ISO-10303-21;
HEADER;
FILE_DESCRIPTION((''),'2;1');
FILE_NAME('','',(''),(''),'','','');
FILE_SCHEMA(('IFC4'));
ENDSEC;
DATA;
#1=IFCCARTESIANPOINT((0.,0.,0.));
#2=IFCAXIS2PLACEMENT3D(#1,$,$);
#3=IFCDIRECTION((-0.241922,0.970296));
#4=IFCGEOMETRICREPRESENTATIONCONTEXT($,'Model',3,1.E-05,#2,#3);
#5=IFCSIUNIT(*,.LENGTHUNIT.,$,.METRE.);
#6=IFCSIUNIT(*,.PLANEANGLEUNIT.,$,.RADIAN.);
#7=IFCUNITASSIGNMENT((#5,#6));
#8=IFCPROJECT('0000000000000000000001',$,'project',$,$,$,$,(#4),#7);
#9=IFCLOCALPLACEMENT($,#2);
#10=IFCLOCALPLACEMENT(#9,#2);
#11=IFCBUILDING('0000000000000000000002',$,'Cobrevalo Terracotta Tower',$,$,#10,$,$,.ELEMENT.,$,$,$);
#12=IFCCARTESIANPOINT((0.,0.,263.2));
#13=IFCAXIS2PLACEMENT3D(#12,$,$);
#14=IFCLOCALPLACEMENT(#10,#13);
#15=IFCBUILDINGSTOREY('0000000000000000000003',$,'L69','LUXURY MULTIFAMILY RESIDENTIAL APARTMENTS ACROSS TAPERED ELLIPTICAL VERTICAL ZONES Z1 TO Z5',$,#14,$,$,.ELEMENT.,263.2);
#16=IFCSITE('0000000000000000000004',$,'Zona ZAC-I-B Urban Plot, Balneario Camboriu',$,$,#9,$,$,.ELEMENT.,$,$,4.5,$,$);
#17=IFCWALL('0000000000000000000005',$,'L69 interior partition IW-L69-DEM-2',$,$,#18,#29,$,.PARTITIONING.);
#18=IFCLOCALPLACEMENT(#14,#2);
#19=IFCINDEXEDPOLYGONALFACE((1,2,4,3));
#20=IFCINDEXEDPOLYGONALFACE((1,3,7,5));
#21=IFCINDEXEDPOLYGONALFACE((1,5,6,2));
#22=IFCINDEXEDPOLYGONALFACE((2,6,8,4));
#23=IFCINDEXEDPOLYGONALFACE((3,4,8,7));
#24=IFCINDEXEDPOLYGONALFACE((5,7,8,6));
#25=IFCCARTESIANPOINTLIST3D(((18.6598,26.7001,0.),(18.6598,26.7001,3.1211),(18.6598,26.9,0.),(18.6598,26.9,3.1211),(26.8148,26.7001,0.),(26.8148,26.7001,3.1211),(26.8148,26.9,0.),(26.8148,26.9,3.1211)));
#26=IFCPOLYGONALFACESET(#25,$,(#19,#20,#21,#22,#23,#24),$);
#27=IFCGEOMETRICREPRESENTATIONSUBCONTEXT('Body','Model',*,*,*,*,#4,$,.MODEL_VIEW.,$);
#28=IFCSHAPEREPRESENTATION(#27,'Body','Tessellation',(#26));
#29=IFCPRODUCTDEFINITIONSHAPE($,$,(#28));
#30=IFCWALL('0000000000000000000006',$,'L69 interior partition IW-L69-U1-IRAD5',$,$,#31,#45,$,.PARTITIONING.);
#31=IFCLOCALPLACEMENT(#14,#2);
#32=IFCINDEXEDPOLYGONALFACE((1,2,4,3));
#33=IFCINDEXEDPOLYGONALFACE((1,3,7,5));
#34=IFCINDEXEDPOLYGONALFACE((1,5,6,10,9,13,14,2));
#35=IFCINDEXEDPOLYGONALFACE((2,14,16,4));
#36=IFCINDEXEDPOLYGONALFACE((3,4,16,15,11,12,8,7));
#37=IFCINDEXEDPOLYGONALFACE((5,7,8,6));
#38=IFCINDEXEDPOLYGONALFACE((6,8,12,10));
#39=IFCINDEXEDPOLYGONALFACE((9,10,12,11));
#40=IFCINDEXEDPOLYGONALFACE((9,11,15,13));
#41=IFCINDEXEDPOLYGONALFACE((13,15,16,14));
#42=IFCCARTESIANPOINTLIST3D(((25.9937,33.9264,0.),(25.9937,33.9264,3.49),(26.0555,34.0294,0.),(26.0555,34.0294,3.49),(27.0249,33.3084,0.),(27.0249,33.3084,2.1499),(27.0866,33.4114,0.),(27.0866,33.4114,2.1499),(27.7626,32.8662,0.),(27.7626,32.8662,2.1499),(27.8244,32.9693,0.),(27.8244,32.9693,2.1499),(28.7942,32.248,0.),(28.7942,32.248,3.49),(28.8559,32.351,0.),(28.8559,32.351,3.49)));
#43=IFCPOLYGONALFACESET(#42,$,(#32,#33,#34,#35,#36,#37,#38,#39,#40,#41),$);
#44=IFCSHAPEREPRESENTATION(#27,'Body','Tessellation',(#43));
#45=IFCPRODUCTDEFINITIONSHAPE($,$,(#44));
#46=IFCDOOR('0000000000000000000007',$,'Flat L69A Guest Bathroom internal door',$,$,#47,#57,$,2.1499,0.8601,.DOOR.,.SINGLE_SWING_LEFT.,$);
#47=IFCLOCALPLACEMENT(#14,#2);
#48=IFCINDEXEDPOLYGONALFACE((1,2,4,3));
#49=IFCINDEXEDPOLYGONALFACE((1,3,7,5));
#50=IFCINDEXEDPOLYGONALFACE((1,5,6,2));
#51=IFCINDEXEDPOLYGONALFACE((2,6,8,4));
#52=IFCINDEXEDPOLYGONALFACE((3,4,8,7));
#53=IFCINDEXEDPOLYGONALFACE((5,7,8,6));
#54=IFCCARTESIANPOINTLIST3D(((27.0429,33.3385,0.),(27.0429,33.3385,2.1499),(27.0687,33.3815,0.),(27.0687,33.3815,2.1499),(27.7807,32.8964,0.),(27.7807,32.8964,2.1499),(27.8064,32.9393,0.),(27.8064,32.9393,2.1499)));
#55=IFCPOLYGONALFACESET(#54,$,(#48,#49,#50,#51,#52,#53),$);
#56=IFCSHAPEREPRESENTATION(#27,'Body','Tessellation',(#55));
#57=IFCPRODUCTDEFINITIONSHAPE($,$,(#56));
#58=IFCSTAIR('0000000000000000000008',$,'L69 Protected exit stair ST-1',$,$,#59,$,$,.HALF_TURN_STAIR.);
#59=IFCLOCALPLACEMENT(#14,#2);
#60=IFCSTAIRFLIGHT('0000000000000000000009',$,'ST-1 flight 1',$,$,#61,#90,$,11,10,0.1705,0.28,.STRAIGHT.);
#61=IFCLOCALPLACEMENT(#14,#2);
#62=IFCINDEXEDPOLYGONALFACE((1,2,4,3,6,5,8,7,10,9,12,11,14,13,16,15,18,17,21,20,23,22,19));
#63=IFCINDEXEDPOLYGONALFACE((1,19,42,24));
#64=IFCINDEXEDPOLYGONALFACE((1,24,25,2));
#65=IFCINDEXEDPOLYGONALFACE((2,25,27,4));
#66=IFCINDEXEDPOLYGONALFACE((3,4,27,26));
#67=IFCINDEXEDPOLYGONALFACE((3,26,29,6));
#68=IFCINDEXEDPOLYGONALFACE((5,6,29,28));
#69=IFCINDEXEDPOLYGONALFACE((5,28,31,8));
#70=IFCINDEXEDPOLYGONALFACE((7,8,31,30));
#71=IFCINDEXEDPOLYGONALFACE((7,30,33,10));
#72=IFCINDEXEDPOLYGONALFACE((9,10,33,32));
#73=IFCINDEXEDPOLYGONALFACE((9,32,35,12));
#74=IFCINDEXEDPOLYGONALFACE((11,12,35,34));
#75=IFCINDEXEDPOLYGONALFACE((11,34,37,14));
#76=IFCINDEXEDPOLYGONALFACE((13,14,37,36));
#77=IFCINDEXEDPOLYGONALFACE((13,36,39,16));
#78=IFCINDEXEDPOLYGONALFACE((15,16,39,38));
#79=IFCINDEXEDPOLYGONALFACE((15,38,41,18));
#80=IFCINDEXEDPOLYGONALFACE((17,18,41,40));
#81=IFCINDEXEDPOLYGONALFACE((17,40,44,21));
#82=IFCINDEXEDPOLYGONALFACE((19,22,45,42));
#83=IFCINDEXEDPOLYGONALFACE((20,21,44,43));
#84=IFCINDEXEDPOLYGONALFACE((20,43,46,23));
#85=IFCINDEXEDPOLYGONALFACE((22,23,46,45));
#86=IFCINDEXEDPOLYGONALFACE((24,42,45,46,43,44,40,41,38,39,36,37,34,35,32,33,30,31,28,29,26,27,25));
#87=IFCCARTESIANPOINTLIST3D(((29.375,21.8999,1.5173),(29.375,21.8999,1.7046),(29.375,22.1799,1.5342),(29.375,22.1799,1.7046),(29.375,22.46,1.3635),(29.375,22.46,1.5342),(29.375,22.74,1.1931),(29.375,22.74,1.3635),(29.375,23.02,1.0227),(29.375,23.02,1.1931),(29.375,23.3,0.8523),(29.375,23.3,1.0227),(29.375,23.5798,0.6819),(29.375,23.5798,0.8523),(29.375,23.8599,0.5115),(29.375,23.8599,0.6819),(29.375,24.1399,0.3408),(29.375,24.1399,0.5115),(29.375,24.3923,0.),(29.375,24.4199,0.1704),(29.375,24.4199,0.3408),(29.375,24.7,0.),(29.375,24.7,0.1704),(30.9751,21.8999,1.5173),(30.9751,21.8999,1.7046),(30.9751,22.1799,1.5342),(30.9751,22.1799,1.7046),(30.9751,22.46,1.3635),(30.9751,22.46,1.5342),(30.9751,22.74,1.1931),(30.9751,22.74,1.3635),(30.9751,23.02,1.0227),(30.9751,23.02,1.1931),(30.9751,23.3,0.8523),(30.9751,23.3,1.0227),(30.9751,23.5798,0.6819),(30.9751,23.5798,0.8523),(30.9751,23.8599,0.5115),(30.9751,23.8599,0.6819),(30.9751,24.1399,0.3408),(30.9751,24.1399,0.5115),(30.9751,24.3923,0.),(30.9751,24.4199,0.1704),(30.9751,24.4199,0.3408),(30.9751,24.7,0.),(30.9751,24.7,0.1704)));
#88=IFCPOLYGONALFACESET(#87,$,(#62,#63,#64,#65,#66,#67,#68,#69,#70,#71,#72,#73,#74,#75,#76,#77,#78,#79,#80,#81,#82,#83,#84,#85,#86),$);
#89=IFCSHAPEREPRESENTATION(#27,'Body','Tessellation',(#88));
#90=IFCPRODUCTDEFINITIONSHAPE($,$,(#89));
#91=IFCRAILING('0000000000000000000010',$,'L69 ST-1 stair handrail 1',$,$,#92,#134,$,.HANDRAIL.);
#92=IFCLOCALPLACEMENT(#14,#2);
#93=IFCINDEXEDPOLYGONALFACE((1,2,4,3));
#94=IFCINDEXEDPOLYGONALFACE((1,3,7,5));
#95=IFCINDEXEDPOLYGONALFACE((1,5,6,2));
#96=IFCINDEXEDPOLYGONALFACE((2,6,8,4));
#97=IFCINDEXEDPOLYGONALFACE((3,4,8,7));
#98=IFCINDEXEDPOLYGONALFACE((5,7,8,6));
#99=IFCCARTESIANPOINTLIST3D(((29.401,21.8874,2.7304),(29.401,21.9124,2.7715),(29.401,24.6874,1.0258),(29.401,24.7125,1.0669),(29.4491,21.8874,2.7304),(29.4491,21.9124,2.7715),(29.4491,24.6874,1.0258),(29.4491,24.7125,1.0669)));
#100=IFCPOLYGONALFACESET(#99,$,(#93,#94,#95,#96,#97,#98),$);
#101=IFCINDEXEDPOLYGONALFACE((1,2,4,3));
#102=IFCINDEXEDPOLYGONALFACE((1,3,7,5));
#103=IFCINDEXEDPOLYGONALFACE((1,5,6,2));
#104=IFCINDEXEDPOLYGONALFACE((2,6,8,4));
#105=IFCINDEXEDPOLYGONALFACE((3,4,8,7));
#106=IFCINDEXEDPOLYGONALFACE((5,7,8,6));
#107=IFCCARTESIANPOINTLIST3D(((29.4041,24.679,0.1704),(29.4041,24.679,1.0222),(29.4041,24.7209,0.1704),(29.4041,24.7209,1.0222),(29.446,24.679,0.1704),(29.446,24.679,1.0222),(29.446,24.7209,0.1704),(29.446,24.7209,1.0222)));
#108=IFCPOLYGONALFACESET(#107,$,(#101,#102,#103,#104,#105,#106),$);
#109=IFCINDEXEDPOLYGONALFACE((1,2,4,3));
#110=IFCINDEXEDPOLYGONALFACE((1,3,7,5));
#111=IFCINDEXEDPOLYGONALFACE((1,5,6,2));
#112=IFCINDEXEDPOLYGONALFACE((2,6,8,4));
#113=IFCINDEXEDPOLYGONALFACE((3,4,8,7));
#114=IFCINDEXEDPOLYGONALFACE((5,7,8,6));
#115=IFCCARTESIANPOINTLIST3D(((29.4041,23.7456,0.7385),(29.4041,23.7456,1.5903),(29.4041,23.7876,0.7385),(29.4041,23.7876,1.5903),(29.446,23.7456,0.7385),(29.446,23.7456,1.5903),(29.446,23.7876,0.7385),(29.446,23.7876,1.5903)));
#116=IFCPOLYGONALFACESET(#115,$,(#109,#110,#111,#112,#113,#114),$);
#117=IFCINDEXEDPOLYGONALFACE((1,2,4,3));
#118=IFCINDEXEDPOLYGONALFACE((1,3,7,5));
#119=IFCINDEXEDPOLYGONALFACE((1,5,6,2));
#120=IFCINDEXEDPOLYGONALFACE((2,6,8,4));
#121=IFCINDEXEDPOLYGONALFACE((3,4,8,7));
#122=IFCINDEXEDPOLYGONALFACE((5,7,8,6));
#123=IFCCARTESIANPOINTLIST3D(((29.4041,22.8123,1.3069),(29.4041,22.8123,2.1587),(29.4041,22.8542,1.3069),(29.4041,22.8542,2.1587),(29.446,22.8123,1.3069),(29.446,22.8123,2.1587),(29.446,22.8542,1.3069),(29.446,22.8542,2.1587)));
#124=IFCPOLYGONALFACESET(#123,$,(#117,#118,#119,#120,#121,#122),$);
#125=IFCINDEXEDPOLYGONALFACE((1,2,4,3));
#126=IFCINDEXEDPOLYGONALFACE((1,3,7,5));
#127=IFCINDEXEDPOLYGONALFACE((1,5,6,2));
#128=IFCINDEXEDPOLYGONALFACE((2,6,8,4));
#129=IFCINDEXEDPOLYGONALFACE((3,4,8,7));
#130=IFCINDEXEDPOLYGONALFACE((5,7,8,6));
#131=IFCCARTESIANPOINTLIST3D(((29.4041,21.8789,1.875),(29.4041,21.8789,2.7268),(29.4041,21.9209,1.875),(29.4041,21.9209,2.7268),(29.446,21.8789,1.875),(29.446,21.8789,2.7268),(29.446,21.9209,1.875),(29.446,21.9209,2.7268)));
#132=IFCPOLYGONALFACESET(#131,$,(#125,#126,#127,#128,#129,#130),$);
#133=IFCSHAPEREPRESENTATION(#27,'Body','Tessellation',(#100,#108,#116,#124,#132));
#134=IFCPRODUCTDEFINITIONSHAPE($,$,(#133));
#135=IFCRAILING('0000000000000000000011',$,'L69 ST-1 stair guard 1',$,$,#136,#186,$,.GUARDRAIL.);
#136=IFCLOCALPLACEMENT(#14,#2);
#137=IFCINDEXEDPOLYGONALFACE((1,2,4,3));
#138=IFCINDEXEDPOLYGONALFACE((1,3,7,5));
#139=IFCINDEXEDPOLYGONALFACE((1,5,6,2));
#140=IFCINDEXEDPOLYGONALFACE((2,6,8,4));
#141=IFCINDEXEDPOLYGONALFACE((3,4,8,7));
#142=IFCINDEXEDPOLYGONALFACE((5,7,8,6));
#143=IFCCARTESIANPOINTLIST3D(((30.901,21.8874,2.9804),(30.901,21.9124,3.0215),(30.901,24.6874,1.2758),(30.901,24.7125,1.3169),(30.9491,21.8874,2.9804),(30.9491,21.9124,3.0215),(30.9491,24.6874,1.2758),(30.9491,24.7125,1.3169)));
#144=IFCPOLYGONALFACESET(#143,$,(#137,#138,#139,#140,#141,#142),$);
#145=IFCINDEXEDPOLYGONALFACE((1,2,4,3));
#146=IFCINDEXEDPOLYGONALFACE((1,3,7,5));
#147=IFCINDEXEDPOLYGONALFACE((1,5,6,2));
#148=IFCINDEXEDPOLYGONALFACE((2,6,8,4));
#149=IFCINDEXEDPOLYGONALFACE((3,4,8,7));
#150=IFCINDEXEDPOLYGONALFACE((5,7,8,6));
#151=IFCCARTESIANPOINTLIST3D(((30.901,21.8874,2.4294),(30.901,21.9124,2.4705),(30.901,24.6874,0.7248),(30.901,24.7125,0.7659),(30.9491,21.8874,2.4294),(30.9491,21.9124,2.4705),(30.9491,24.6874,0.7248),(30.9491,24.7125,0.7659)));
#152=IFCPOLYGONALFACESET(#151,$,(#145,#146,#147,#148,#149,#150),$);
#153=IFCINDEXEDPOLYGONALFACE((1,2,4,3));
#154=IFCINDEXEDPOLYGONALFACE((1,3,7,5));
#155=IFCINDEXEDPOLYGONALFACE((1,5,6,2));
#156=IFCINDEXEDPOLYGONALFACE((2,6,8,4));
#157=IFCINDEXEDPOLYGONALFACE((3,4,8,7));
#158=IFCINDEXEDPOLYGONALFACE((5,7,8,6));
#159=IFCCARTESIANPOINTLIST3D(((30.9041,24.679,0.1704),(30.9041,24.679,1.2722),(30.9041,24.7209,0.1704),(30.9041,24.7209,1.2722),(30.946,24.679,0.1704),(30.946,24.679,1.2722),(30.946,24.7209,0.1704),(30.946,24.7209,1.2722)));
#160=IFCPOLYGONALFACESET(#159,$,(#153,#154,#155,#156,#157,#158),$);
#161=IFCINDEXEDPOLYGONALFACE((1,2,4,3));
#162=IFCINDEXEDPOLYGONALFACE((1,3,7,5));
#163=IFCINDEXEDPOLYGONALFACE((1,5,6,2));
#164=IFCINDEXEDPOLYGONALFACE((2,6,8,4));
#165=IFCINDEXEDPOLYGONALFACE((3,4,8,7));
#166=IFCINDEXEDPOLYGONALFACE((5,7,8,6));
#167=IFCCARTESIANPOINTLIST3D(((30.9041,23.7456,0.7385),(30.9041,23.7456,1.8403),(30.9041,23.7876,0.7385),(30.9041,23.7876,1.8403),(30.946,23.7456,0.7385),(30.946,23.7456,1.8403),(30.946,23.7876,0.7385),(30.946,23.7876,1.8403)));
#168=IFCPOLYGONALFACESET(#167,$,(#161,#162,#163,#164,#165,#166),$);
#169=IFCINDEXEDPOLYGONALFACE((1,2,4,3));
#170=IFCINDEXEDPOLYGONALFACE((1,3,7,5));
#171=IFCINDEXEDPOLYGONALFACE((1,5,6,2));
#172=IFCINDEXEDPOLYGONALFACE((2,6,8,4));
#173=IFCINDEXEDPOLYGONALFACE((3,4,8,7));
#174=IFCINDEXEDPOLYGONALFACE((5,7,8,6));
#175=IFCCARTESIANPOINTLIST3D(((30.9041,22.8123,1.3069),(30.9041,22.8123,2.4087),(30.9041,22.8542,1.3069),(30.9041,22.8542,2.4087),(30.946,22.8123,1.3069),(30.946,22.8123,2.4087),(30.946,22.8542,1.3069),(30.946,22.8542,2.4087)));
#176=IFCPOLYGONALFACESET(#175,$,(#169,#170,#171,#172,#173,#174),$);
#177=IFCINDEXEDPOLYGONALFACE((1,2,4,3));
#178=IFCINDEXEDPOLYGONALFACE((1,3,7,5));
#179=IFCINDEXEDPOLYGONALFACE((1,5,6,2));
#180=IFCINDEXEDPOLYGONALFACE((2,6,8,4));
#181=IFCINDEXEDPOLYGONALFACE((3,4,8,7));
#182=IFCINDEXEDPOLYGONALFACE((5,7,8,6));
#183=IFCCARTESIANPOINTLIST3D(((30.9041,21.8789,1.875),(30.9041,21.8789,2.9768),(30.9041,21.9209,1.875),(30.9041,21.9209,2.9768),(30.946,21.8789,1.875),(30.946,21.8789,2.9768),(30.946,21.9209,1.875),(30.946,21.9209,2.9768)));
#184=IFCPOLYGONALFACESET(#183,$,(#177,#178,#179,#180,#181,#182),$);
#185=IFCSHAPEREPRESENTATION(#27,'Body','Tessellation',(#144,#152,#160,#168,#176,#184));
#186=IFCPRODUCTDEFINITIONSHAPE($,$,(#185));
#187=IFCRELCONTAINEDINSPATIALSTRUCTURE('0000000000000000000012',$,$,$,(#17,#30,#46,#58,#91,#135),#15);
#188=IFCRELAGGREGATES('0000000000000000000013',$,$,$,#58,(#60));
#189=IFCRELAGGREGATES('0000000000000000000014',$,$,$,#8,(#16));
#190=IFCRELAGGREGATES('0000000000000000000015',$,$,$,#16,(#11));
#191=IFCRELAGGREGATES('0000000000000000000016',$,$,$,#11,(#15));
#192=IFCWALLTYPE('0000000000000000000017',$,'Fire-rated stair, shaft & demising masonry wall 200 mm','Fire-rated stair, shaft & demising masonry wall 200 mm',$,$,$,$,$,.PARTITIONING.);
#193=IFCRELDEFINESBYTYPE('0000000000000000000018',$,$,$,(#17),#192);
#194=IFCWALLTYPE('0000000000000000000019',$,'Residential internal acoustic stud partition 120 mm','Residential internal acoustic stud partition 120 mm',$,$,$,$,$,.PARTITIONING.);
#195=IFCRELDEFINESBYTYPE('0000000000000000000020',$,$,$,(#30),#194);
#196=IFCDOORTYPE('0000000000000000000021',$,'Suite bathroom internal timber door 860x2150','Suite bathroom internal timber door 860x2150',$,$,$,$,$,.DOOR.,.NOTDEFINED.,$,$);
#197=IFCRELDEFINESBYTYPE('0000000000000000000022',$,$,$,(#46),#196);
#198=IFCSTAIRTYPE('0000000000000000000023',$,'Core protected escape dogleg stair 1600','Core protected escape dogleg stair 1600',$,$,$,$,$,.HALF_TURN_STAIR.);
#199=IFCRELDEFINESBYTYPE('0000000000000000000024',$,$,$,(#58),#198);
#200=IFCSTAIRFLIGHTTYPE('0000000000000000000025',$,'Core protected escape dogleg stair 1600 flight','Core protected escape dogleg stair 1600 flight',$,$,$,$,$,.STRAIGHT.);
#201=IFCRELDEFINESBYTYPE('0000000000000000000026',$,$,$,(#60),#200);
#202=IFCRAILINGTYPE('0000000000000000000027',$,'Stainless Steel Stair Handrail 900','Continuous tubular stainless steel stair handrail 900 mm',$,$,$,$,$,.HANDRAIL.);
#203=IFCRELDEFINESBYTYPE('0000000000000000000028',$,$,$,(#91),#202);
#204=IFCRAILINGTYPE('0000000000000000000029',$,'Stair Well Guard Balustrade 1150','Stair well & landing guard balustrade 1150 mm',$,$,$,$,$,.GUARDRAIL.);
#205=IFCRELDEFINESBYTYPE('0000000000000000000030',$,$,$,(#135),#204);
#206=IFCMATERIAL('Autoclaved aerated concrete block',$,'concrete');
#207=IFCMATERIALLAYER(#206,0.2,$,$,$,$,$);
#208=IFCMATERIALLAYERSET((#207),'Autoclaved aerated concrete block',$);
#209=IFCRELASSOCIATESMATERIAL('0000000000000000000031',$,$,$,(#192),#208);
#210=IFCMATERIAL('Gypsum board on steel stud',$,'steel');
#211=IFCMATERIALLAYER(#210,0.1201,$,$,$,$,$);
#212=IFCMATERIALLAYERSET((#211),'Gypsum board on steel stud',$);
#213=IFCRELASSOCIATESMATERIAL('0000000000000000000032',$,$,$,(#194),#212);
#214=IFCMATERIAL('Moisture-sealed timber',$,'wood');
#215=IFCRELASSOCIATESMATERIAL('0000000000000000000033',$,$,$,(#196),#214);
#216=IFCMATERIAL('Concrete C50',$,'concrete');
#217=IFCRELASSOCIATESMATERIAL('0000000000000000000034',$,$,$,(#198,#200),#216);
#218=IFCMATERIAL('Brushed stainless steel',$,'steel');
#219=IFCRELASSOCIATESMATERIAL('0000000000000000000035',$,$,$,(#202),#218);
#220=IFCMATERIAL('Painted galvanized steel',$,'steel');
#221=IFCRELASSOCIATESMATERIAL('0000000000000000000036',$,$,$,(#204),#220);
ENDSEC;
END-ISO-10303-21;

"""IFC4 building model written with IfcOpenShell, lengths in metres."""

from ifc_helpers import new_model, si_unit, direction, frame, frame_2d, origin, origin_2d, place, context, subcontext, project, spatial, polyline, rectangle, outline, extrude, source, transform, mapped, material, layer, layer_set, type_object, element, fill, aggregate, save


model = new_model("IFC4")

# Units and contexts
model_context = context("Model", 3, precision=1e-05, world=origin(), true_north=direction((-0.241922, 0.970296)))
body_context = subcontext(model_context, "Body", "Model", "MODEL_VIEW")
ifc_project = project(units=[si_unit("LENGTHUNIT", "METRE"), si_unit("PLANEANGLEUNIT", "RADIAN")], contexts=[model_context])

# Site, building, storey
site_placement = place(None, origin())
site = spatial("IfcSite", under=ifc_project, at=site_placement, Name="Zona ZAC-I-B Urban Plot, Balneario Camboriu", CompositionType="ELEMENT", RefElevation=4.5)
building_placement = place(site_placement, origin())
building = spatial("IfcBuilding", under=site, at=building_placement, Name="Cobrevalo Terracotta Tower", CompositionType="ELEMENT")
storey_placement = place(building_placement, frame((0.0, 0.0, 263.2)))
storey = spatial("IfcBuildingStorey", under=building, at=storey_placement, Name="L69", Description="LUXURY MULTIFAMILY RESIDENTIAL APARTMENTS ACROSS TAPERED ELLIPTICAL VERTICAL ZONES Z1 TO Z5", CompositionType="ELEMENT", Elevation=263.2)

# Shared definitions
ifc_material_1 = material(Name="Gypsum board on steel stud", Category="steel")

# Shared definitions
ifc_material_2 = material(Name="Brushed stainless steel", Category="steel")

# Wall
ifc_material_3 = material(Name="Autoclaved aerated concrete block", Category="concrete")
ifc_layer_1 = layer(ifc_material_3, 0.2)
ifc_layer_set_1 = layer_set([ifc_layer_1], Name="Autoclaved aerated concrete block")
wall_type_1 = type_object("IfcWallType", Name="Fire-rated stair, shaft & demising masonry wall 200 mm", Description="Fire-rated stair, shaft & demising masonry wall 200 mm", PredefinedType="PARTITIONING", material=ifc_layer_set_1)
wall_1_placement = place(storey_placement, frame((26.8149, 26.8, 0.0), z_axis=(0.0, 0.0, 1.0), x_axis=(-1.0, 0.0, 0.0)))
element("IfcWall", 1, at=wall_1_placement, inside=storey, type_object=wall_type_1, Name="L69 interior partition IW-L69-DEM-2", PredefinedType="PARTITIONING", context=body_context, shape_type="SweptSolid", body=[
    extrude(rectangle(XDim=8.155, YDim=0.2, at=frame_2d((4.0776, 0.0))), origin(), (0.0, 0.0, 1.0), 3.1211),
])

# Wall, opening, door
ifc_layer_2 = layer(ifc_material_1, 0.1201)
ifc_layer_set_2 = layer_set([ifc_layer_2], Name="Gypsum board on steel stud")
wall_type_2 = type_object("IfcWallType", Name="Residential internal acoustic stud partition 120 mm", Description="Residential internal acoustic stud partition 120 mm", PredefinedType="PARTITIONING", material=ifc_layer_set_2)
wall_2_placement = place(storey_placement, frame((28.825, 32.2996, 0.0), z_axis=(0.0, 0.0, 1.0), x_axis=(-0.857744, 0.514078, 0.0)))
wall_2 = element("IfcWall", 2, at=wall_2_placement, inside=storey, type_object=wall_type_2, Name="L69 interior partition IW-L69-U1-IRAD5", PredefinedType="PARTITIONING", context=body_context, shape_type="SweptSolid", body=[
    extrude(rectangle(XDim=3.2649, YDim=0.1201, at=frame_2d((1.6323, 0.0))), origin(), (0.0, 0.0, 1.0), 3.49),
])
opening_1_placement = place(wall_2_placement, frame((1.2024, 0.0, 0.0)))
opening_1 = element("IfcOpeningElement", 3, at=opening_1_placement, cuts=wall_2, PredefinedType="OPENING", context=body_context, shape_type="SweptSolid", body=[
    extrude(rectangle(XDim=0.8601, YDim=2.1499, at=frame_2d((0.4302, 1.075))), frame((0.0, 0.0701, 0.0), z_axis=(0.0, -1.0, 0.0), x_axis=(1.0, 0.0, 0.0)), (0.0, 0.0, 1.0), 0.1401),
])
ifc_material_4 = material(Name="Moisture-sealed timber", Category="wood")
door_type_1 = type_object("IfcDoorType", Name="Suite bathroom internal timber door 860x2150", Description="Suite bathroom internal timber door 860x2150", OperationType="NOTDEFINED", PredefinedType="DOOR", material=ifc_material_4)
shared_shape_1 = source(origin(), body_context, "Body", "SweptSolid", [
    extrude(rectangle(XDim=0.8601, YDim=2.1499, at=frame_2d((0.4302, 1.075))), frame((0.0, 0.0249, 0.0), z_axis=(0.0, -1.0, 0.0), x_axis=(1.0, 0.0, 0.0)), (0.0, 0.0, 1.0), 0.05),
])
door_1_placement = place(opening_1_placement, origin())
door_1 = element("IfcDoor", 4, at=door_1_placement, inside=storey, type_object=door_type_1, Name="Flat L69A Guest Bathroom internal door", OperationType="SINGLE_SWING_LEFT", OverallHeight=2.1499, OverallWidth=0.8601, PredefinedType="DOOR", context=body_context, shape_type="MappedRepresentation", body=[
    mapped(shared_shape_1, transform((0.0, 0.0, 0.0), scale=1.0)),
])
fill(opening_1, door_1)
ifc_material_5 = material(Name="Concrete C50", Category="concrete")

# Stair, stair flight
stair_type = type_object("IfcStairType", Name="Core protected escape dogleg stair 1600", Description="Core protected escape dogleg stair 1600", PredefinedType="HALF_TURN_STAIR", material=ifc_material_5)
stair_placement = place(storey_placement, origin())
stair = element("IfcStair", 5, at=stair_placement, inside=storey, type_object=stair_type, Name="L69 Protected exit stair ST-1", PredefinedType="HALF_TURN_STAIR")
stair_flight_type = type_object("IfcStairFlightType", Name="Core protected escape dogleg stair 1600 flight", Description="Core protected escape dogleg stair 1600 flight", PredefinedType="STRAIGHT", material=ifc_material_5)
stair_flight_placement = place(storey_placement, frame((30.175, 24.7, 0.0), z_axis=(0.0, 0.0, 1.0), x_axis=(0.0, -1.0, 0.0)))
stair_flight = element("IfcStairFlight", 6, at=stair_flight_placement, type_object=stair_flight_type, Name="ST-1 flight 1", NumberOfRisers=11, NumberOfTreads=10, PredefinedType="STRAIGHT", RiserHeight=0.1705, TreadLength=0.28, context=body_context, shape_type="SweptSolid", body=[
    extrude(outline(polyline([(0.0, 0.0), (0.0, 0.1704), (0.28, 0.1704), (0.28, 0.3408), (0.5601, 0.3408), (0.5601, 0.5115), (0.8401, 0.5115), (0.8401, 0.6819), (1.1201, 0.6819), (1.1201, 0.8523), (1.3999, 0.8523), (1.3999, 1.0227), (1.6799, 1.0227), (1.6799, 1.1931), (1.96, 1.1931), (1.96, 1.3635), (2.24, 1.3635), (2.24, 1.5342), (2.52, 1.5342), (2.52, 1.7046), (2.8, 1.7046), (2.8, 1.875), (2.8, 1.5173), (0.3076, 0.0), (0.0, 0.0)])), frame((0.0, 0.8, 0.0), z_axis=(0.0, -1.0, 0.0), x_axis=(1.0, 0.0, 0.0)), (0.0, 0.0, 1.0), 1.6001),
])
aggregate(stair, [stair_flight])

# Railings
railing_type_1 = type_object("IfcRailingType", Name="Stainless Steel Stair Handrail 900", Description="Continuous tubular stainless steel stair handrail 900 mm", PredefinedType="HANDRAIL", material=ifc_material_2)
railing_1_placement = place(storey_placement, frame((29.425, 24.7, 0.1704)))
element("IfcRailing", 7, at=railing_1_placement, inside=storey, type_object=railing_type_1, Name="L69 ST-1 stair handrail 1", PredefinedType="HANDRAIL", context=body_context, shape_type="SweptSolid", body=[
    extrude(rectangle(XDim=0.0481, YDim=0.0481, at=origin_2d()), frame((0.0, 0.0, 0.876), z_axis=(0.0, -0.85417, 0.519994), x_axis=(1.0, 0.0, 0.0)), (0.0, 0.0, 1.0), 3.2781),
    extrude(rectangle(XDim=0.042, YDim=0.042, at=origin_2d()), origin(), (0.0, 0.0, 1.0), 0.8518),
    extrude(rectangle(XDim=0.042, YDim=0.042, at=origin_2d()), frame((0.0, -0.9333, 0.5681)), (0.0, 0.0, 1.0), 0.8518),
    extrude(rectangle(XDim=0.042, YDim=0.042, at=origin_2d()), frame((0.0, -1.8667, 1.1365)), (0.0, 0.0, 1.0), 0.8518),
    extrude(rectangle(XDim=0.042, YDim=0.042, at=origin_2d()), frame((0.0, -2.8, 1.7046)), (0.0, 0.0, 1.0), 0.8518),
])
ifc_material_6 = material(Name="Painted galvanized steel", Category="steel")
railing_type_2 = type_object("IfcRailingType", Name="Stair Well Guard Balustrade 1150", Description="Stair well & landing guard balustrade 1150 mm", PredefinedType="GUARDRAIL", material=ifc_material_6)
railing_2_placement = place(storey_placement, frame((30.925, 24.7, 0.1704)))
element("IfcRailing", 8, at=railing_2_placement, inside=storey, type_object=railing_type_2, Name="L69 ST-1 stair guard 1", PredefinedType="GUARDRAIL", context=body_context, shape_type="SweptSolid", body=[
    extrude(rectangle(XDim=0.0481, YDim=0.0481, at=origin_2d()), frame((0.0, 0.0, 1.126), z_axis=(0.0, -0.85417, 0.519994), x_axis=(1.0, 0.0, 0.0)), (0.0, 0.0, 1.0), 3.2781),
    extrude(rectangle(XDim=0.0481, YDim=0.0481, at=origin_2d()), frame((0.0, 0.0, 0.575), z_axis=(0.0, -0.85417, 0.519994), x_axis=(1.0, 0.0, 0.0)), (0.0, 0.0, 1.0), 3.2781),
    extrude(rectangle(XDim=0.042, YDim=0.042, at=origin_2d()), origin(), (0.0, 0.0, 1.0), 1.1018),
    extrude(rectangle(XDim=0.042, YDim=0.042, at=origin_2d()), frame((0.0, -0.9333, 0.5681)), (0.0, 0.0, 1.0), 1.1018),
    extrude(rectangle(XDim=0.042, YDim=0.042, at=origin_2d()), frame((0.0, -1.8667, 1.1365)), (0.0, 0.0, 1.0), 1.1018),
    extrude(rectangle(XDim=0.042, YDim=0.042, at=origin_2d()), frame((0.0, -2.8, 1.7046)), (0.0, 0.0, 1.0), 1.1018),
])

save(model, "model.ifc")
